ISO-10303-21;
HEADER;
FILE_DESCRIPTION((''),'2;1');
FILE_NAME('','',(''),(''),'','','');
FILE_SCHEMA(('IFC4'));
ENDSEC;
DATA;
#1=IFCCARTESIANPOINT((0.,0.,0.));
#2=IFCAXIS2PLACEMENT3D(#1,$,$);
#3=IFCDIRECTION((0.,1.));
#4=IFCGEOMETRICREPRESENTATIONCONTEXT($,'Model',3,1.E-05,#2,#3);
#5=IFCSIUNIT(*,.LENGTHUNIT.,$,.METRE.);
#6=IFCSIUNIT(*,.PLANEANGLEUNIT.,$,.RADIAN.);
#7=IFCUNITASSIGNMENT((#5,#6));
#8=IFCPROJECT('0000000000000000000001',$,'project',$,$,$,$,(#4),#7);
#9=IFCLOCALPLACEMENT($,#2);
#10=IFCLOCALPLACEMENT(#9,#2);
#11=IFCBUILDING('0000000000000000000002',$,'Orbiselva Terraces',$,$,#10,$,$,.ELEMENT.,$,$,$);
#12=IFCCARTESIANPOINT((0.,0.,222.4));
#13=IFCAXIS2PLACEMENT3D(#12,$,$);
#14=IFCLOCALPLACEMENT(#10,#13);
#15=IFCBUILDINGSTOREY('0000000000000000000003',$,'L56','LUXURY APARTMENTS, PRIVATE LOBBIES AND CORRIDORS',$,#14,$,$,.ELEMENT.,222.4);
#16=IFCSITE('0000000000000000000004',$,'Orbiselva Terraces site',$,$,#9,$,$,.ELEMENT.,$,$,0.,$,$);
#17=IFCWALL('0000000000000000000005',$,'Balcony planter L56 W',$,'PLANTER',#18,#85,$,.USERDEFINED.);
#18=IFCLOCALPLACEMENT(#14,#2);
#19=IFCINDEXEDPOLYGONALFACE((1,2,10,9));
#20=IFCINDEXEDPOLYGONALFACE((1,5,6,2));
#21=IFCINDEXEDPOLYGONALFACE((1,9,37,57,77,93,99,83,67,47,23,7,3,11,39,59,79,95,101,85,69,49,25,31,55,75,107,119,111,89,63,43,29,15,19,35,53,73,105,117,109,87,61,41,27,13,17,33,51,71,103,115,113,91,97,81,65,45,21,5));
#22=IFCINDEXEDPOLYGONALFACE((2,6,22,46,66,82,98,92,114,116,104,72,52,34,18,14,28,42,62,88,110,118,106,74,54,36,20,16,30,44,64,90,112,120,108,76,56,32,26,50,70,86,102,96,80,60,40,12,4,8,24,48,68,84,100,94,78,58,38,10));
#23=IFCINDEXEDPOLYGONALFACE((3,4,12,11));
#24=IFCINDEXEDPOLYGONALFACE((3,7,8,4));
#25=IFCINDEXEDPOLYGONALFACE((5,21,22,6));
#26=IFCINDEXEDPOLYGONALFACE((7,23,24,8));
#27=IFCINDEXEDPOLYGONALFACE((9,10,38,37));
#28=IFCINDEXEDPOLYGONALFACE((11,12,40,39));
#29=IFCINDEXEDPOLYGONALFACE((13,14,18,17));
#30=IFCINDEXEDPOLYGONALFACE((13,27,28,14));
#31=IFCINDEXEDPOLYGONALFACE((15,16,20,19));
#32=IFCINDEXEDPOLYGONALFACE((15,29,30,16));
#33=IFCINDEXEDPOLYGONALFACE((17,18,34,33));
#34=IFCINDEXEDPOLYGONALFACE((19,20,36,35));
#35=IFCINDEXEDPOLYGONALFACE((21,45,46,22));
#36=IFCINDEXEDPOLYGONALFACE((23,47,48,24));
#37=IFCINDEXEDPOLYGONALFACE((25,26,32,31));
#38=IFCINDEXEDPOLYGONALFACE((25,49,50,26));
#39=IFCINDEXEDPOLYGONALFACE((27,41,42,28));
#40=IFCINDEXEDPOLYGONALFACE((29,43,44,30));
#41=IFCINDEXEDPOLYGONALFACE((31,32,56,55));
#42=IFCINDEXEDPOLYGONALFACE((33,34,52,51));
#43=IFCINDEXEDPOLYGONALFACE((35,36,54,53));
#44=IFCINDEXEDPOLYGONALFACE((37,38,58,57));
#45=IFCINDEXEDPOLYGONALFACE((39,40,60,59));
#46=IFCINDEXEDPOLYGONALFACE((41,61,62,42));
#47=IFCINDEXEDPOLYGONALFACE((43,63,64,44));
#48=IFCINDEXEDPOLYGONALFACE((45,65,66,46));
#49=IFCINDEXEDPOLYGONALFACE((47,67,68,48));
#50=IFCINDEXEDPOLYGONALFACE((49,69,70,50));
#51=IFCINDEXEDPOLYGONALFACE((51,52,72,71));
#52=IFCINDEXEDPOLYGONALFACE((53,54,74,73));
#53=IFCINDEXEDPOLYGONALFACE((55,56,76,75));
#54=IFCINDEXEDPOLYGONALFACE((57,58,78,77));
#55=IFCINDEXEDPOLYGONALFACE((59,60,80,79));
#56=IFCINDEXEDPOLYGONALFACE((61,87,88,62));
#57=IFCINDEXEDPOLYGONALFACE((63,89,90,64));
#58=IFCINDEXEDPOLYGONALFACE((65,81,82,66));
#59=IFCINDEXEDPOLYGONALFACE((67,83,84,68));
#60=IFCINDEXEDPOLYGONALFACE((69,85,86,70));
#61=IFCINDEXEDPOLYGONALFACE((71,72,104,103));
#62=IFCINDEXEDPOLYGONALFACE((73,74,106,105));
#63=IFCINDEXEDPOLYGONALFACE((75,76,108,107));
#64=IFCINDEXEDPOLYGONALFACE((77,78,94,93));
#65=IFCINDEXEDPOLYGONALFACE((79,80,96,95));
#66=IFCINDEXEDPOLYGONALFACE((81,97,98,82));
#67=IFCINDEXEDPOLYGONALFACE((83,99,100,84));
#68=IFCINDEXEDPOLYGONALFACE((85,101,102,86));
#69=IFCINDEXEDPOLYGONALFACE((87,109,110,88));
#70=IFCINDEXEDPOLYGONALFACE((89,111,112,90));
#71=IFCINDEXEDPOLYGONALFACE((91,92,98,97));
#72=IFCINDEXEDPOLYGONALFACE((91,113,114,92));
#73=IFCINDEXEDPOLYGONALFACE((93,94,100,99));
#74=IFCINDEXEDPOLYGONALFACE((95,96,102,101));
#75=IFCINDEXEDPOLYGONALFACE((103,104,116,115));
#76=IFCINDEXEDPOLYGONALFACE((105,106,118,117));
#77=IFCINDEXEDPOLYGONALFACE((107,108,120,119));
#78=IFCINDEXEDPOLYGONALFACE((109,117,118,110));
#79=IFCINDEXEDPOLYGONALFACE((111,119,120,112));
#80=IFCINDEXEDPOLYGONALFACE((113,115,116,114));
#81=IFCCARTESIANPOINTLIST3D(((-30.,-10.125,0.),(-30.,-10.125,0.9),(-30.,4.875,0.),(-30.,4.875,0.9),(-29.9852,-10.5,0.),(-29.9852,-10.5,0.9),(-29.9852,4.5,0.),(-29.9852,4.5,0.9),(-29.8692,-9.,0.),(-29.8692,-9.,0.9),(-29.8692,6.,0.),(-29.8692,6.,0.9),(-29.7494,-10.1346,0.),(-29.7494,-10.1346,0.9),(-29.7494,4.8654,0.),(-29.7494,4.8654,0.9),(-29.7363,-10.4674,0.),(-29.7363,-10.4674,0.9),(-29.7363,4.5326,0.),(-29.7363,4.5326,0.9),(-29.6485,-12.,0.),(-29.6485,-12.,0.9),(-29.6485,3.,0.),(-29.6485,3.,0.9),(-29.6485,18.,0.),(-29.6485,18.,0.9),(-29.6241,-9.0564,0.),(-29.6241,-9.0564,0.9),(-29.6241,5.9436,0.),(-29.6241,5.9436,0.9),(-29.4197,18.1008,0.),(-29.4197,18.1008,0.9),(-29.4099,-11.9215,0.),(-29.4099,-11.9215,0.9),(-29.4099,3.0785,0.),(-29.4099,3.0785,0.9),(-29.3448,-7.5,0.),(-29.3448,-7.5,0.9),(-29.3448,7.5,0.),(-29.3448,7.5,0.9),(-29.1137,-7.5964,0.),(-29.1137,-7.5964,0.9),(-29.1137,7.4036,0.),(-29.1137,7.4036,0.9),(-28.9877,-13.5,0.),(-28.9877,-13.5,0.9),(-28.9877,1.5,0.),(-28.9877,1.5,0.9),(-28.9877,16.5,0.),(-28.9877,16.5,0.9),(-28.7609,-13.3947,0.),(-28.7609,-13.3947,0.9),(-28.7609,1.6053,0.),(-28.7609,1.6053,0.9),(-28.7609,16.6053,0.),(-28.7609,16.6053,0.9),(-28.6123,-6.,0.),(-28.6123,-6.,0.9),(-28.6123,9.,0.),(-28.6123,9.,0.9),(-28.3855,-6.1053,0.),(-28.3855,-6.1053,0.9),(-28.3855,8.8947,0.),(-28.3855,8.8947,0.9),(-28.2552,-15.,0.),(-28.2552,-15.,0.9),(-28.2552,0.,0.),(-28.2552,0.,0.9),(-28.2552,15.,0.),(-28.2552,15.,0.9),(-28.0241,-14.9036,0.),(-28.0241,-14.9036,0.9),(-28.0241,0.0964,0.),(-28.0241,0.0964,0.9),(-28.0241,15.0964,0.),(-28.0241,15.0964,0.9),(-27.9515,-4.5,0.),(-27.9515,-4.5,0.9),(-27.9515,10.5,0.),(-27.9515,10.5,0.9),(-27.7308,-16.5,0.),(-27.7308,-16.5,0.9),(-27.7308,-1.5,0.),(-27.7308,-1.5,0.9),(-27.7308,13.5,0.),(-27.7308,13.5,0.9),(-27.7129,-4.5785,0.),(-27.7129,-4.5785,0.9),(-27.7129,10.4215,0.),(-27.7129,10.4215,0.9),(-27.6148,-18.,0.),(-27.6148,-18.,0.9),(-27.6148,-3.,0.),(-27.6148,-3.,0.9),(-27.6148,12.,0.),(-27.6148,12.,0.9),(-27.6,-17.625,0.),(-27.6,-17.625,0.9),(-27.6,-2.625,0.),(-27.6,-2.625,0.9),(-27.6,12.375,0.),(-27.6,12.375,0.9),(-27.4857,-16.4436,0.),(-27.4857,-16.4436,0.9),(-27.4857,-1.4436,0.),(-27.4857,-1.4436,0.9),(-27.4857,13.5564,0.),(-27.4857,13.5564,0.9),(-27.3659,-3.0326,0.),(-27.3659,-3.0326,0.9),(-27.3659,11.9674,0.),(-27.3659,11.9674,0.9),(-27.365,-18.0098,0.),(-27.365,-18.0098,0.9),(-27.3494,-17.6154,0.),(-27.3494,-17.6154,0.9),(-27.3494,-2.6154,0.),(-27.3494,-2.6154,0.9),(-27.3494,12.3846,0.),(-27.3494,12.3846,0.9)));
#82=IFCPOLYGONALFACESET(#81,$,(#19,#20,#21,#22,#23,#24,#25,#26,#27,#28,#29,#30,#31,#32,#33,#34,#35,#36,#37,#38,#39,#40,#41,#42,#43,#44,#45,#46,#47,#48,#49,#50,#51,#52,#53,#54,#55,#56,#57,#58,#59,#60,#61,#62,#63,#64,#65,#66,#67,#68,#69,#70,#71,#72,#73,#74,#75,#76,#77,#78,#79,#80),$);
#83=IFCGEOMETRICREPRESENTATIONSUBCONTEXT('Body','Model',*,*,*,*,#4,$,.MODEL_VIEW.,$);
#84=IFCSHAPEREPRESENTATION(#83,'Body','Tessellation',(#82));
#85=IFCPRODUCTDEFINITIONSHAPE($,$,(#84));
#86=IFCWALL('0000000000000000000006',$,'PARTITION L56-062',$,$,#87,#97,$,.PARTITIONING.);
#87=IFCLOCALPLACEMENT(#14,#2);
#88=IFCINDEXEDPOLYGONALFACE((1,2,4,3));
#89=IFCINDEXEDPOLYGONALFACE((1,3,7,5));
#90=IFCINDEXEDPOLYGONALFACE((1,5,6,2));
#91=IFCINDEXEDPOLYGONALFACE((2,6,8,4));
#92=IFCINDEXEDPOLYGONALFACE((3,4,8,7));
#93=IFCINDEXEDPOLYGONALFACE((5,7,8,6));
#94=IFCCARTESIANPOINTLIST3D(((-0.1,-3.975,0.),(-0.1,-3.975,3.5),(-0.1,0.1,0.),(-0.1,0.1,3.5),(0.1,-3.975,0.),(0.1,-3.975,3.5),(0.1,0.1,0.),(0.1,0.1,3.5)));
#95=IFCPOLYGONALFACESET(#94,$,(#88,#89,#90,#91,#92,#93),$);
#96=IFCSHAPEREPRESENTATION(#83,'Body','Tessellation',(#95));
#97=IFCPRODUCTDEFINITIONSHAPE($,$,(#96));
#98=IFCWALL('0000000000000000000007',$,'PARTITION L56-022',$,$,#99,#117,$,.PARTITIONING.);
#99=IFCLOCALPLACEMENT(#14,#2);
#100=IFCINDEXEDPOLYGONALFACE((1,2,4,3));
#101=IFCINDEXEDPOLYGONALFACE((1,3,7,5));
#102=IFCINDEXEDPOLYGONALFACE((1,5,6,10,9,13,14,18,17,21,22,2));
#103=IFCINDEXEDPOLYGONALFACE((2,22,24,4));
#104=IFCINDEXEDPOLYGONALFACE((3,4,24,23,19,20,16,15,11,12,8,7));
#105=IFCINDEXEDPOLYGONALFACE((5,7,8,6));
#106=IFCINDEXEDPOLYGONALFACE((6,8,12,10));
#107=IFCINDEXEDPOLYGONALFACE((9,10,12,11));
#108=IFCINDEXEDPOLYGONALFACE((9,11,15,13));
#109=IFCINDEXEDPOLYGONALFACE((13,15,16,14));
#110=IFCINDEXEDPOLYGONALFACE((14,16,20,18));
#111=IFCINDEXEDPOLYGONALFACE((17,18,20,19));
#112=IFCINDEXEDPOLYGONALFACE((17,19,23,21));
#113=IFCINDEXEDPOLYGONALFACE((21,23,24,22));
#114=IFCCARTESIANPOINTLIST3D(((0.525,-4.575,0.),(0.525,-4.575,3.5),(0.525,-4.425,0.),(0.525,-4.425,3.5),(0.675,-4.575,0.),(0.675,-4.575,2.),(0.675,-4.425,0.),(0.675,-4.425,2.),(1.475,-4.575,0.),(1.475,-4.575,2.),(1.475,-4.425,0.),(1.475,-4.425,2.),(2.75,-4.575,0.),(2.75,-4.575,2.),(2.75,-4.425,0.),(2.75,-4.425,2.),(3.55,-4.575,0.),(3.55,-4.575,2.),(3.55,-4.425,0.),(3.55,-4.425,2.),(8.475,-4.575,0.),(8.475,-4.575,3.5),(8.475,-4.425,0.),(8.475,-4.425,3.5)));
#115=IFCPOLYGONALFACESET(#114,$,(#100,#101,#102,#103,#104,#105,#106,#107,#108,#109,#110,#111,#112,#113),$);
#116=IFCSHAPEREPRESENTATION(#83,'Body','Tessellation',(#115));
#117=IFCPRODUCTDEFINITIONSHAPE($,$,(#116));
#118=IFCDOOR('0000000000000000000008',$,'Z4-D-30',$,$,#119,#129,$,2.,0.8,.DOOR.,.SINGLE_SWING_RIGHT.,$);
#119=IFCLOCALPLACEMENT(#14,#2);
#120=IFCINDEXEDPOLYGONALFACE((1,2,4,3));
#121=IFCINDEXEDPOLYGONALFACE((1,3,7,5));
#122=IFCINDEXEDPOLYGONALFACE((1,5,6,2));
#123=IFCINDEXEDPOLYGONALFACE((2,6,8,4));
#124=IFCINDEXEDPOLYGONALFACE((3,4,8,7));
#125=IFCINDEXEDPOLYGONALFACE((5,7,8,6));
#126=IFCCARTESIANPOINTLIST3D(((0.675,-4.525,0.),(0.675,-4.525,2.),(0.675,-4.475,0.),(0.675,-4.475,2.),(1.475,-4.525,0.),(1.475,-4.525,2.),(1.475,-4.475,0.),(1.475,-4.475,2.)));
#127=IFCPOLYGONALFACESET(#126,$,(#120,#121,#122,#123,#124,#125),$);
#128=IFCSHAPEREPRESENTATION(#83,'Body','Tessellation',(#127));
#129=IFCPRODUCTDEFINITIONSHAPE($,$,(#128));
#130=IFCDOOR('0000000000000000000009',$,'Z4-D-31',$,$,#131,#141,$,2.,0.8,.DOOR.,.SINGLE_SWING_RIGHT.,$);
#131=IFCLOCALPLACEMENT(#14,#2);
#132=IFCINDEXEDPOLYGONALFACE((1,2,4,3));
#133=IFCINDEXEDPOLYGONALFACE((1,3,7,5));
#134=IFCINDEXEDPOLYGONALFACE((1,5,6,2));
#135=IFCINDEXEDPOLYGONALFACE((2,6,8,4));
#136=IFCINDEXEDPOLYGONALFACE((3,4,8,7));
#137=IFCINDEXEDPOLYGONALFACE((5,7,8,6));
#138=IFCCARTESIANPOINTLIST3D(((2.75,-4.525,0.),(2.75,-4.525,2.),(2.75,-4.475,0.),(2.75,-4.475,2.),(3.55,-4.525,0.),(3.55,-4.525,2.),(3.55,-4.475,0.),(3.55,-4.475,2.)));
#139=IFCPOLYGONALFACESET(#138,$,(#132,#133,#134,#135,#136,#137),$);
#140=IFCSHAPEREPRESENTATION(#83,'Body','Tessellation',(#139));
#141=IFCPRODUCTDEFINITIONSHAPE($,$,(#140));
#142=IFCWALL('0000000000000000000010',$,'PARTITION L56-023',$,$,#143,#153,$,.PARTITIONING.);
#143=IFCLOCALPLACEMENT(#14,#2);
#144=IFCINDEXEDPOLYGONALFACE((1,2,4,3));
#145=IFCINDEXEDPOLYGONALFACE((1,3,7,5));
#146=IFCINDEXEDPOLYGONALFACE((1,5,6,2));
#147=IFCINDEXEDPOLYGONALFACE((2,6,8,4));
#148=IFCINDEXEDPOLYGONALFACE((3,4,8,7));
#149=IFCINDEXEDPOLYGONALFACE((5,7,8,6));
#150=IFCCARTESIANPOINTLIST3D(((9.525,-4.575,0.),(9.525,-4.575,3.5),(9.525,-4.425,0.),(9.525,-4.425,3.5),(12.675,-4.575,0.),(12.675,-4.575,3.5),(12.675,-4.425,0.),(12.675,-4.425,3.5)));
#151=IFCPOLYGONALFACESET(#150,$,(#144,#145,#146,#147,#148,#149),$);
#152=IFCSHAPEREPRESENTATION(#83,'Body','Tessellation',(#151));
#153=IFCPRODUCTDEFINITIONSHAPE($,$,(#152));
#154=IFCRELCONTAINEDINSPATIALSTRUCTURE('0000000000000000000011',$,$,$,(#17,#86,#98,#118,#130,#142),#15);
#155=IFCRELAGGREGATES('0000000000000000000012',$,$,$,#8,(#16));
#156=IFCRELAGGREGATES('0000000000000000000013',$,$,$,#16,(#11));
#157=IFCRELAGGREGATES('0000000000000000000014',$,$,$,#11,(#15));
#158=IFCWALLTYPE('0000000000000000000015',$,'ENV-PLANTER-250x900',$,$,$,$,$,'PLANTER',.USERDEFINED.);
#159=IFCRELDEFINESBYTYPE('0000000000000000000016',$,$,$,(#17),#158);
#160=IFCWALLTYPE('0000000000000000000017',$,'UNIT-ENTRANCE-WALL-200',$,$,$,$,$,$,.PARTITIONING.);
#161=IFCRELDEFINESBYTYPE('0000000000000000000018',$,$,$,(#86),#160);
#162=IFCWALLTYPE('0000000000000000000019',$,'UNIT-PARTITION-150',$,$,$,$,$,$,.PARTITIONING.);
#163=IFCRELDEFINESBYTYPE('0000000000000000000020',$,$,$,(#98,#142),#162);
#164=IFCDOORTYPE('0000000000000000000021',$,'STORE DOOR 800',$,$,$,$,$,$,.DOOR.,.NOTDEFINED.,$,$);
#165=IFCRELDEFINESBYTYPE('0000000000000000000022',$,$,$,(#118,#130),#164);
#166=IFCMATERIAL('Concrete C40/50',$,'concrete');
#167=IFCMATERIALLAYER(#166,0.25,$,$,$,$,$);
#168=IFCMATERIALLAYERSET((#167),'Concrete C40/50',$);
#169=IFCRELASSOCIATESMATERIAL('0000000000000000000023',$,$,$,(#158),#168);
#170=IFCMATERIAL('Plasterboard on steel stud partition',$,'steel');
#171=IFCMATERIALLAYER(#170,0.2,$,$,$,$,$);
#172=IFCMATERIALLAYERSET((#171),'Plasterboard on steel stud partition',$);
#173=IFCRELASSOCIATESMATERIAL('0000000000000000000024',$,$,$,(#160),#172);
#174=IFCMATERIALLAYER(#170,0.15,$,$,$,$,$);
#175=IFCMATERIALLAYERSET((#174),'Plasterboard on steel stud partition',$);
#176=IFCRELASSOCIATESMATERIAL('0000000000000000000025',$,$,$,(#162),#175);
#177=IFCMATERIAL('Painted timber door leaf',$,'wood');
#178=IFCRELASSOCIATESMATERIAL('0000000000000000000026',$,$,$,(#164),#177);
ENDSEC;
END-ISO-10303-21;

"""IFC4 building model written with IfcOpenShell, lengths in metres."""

from ifc_helpers import new_model, si_unit, direction, frame, frame_2d, origin, place, context, subcontext, project, spatial, polyline, rectangle, outline, extrude, material, layer, layer_set, type_object, element, fill, save


model = new_model("IFC4")

# Units and contexts
model_context = context("Model", 3, precision=1e-05, world=origin(), true_north=direction((0.0, 1.0)))
body_context = subcontext(model_context, "Body", "Model", "MODEL_VIEW")
ifc_project = project(units=[si_unit("LENGTHUNIT", "METRE"), si_unit("PLANEANGLEUNIT", "RADIAN")], contexts=[model_context])

# Site, building, storey
site_placement = place(None, origin())
site = spatial("IfcSite", under=ifc_project, at=site_placement, Name="Orbiselva Terraces site", CompositionType="ELEMENT", RefElevation=0.0)
building_placement = place(site_placement, origin())
building = spatial("IfcBuilding", under=site, at=building_placement, Name="Orbiselva Terraces", CompositionType="ELEMENT")
storey_placement = place(building_placement, frame((0.0, 0.0, 222.4)))
storey = spatial("IfcBuildingStorey", under=building, at=storey_placement, Name="L56", Description="LUXURY APARTMENTS, PRIVATE LOBBIES AND CORRIDORS", CompositionType="ELEMENT", Elevation=222.4)

# Shared definitions
ifc_material_1 = material(Name="Concrete C40/50", Category="concrete")

# Walls
ifc_layer_1 = layer(ifc_material_1, 0.25)
ifc_layer_set_1 = layer_set([ifc_layer_1], Name="Concrete C40/50")
wall_type_1 = type_object("IfcWallType", Name="ENV-PLANTER-250x900", ElementType="PLANTER", PredefinedType="USERDEFINED", material=ifc_layer_set_1)
wall_1_placement = place(storey_placement, origin())
element("IfcWall", 1, at=wall_1_placement, inside=storey, type_object=wall_type_1, Name="Balcony planter L56 W", ObjectType="PLANTER", PredefinedType="USERDEFINED", context=body_context, shape_type="SweptSolid", body=[
    extrude(outline(polyline([(-29.6485, 18.0), (-28.9877, 16.5), (-28.2552, 15.0), (-27.7308, 13.5), (-27.6, 12.375), (-27.6148, 12.0), (-27.9515, 10.5), (-28.6123, 9.0), (-29.3448, 7.5), (-29.8692, 6.0), (-30.0, 4.875), (-29.9852, 4.5), (-29.6485, 3.0), (-28.9877, 1.5), (-28.2552, 0.0), (-27.7308, -1.5), (-27.6, -2.625), (-27.6148, -3.0), (-27.9515, -4.5), (-28.6123, -6.0), (-29.3448, -7.5), (-29.8692, -9.0), (-30.0, -10.125), (-29.9852, -10.5), (-29.6485, -12.0), (-28.9877, -13.5), (-28.2552, -15.0), (-27.7308, -16.5), (-27.6, -17.625), (-27.6148, -18.0), (-27.365, -18.0098), (-27.3494, -17.6154), (-27.4857, -16.4436), (-28.0241, -14.9036), (-28.7609, -13.3947), (-29.4099, -11.9215), (-29.7363, -10.4674), (-29.7494, -10.1346), (-29.6241, -9.0564), (-29.1137, -7.5964), (-28.3855, -6.1053), (-27.7129, -4.5785), (-27.3659, -3.0326), (-27.3494, -2.6154), (-27.4857, -1.4436), (-28.0241, 0.0964), (-28.7609, 1.6053), (-29.4099, 3.0785), (-29.7363, 4.5326), (-29.7494, 4.8654), (-29.6241, 5.9436), (-29.1137, 7.4036), (-28.3855, 8.8947), (-27.7129, 10.4215), (-27.3659, 11.9674), (-27.3494, 12.3846), (-27.4857, 13.5564), (-28.0241, 15.0964), (-28.7609, 16.6053), (-29.4197, 18.1008), (-29.6485, 18.0)])), origin(), (0.0, 0.0, 1.0), 0.9),
])
ifc_material_2 = material(Name="Plasterboard on steel stud partition", Category="steel")
ifc_layer_2 = layer(ifc_material_2, 0.2)
ifc_layer_set_2 = layer_set([ifc_layer_2], Name="Plasterboard on steel stud partition")
wall_type_2 = type_object("IfcWallType", Name="UNIT-ENTRANCE-WALL-200", PredefinedType="PARTITIONING", material=ifc_layer_set_2)
wall_2_placement = place(storey_placement, frame((0.0, -3.975, 0.0), z_axis=(0.0, 0.0, 1.0), x_axis=(0.0, 1.0, 0.0)))
element("IfcWall", 2, at=wall_2_placement, inside=storey, type_object=wall_type_2, Name="PARTITION L56-062", PredefinedType="PARTITIONING", context=body_context, shape_type="SweptSolid", body=[
    extrude(rectangle(XDim=4.075, YDim=0.2, at=frame_2d((2.0375, 0.0))), origin(), (0.0, 0.0, 1.0), 3.5),
])

# Wall, openings, doors
ifc_layer_3 = layer(ifc_material_2, 0.15)
ifc_layer_set_3 = layer_set([ifc_layer_3], Name="Plasterboard on steel stud partition")
wall_type_3 = type_object("IfcWallType", Name="UNIT-PARTITION-150", PredefinedType="PARTITIONING", material=ifc_layer_set_3)
wall_3_placement = place(storey_placement, frame((8.475, -4.5, 0.0), z_axis=(0.0, 0.0, 1.0), x_axis=(-1.0, 0.0, 0.0)))
wall_3 = element("IfcWall", 3, at=wall_3_placement, inside=storey, type_object=wall_type_3, Name="PARTITION L56-022", PredefinedType="PARTITIONING", context=body_context, shape_type="SweptSolid", body=[
    extrude(rectangle(XDim=7.95, YDim=0.15, at=frame_2d((3.975, 0.0))), origin(), (0.0, 0.0, 1.0), 3.5),
])
opening_1_placement = place(wall_3_placement, frame((7.0, 0.0, 0.0)))
opening_1 = element("IfcOpeningElement", 4, at=opening_1_placement, cuts=wall_3, PredefinedType="OPENING", context=body_context, shape_type="SweptSolid", body=[
    extrude(rectangle(XDim=0.8, YDim=2.0, at=frame_2d((0.4, 1.0))), frame((0.0, 0.085, 0.0), z_axis=(0.0, -1.0, 0.0), x_axis=(1.0, 0.0, 0.0)), (0.0, 0.0, 1.0), 0.17),
])
opening_2_placement = place(wall_3_placement, frame((4.925, 0.0, 0.0)))
opening_2 = element("IfcOpeningElement", 5, at=opening_2_placement, cuts=wall_3, PredefinedType="OPENING", context=body_context, shape_type="SweptSolid", body=[
    extrude(rectangle(XDim=0.8, YDim=2.0, at=frame_2d((0.4, 1.0))), frame((0.0, 0.085, 0.0), z_axis=(0.0, -1.0, 0.0), x_axis=(1.0, 0.0, 0.0)), (0.0, 0.0, 1.0), 0.17),
])
ifc_material_3 = material(Name="Painted timber door leaf", Category="wood")
door_type = type_object("IfcDoorType", Name="STORE DOOR 800", OperationType="NOTDEFINED", PredefinedType="DOOR", material=ifc_material_3)
door_1_placement = place(opening_1_placement, origin())
door_1 = element("IfcDoor", 6, at=door_1_placement, inside=storey, type_object=door_type, Name="Z4-D-30", OperationType="SINGLE_SWING_RIGHT", OverallHeight=2.0, OverallWidth=0.8, PredefinedType="DOOR", context=body_context, shape_type="SweptSolid", body=[
    extrude(rectangle(XDim=0.8, YDim=2.0, at=frame_2d((0.4, 1.0))), frame((0.0, 0.025, 0.0), z_axis=(0.0, -1.0, 0.0), x_axis=(1.0, 0.0, 0.0)), (0.0, 0.0, 1.0), 0.05),
])
fill(opening_1, door_1)
door_2_placement = place(opening_2_placement, origin())
door_2 = element("IfcDoor", 7, at=door_2_placement, inside=storey, type_object=door_type, Name="Z4-D-31", OperationType="SINGLE_SWING_RIGHT", OverallHeight=2.0, OverallWidth=0.8, PredefinedType="DOOR", context=body_context, shape_type="SweptSolid", body=[
    extrude(rectangle(XDim=0.8, YDim=2.0, at=frame_2d((0.4, 1.0))), frame((0.0, 0.025, 0.0), z_axis=(0.0, -1.0, 0.0), x_axis=(1.0, 0.0, 0.0)), (0.0, 0.0, 1.0), 0.05),
])
fill(opening_2, door_2)

# Wall
wall_4_placement = place(storey_placement, frame((9.525, -4.5, 0.0), z_axis=(0.0, 0.0, 1.0), x_axis=(1.0, 0.0, 0.0)))
element("IfcWall", 8, at=wall_4_placement, inside=storey, type_object=wall_type_3, Name="PARTITION L56-023", PredefinedType="PARTITIONING", context=body_context, shape_type="SweptSolid", body=[
    extrude(rectangle(XDim=3.15, YDim=0.15, at=frame_2d((1.575, 0.0))), origin(), (0.0, 0.0, 1.0), 3.5),
])

save(model, "model.ifc")
